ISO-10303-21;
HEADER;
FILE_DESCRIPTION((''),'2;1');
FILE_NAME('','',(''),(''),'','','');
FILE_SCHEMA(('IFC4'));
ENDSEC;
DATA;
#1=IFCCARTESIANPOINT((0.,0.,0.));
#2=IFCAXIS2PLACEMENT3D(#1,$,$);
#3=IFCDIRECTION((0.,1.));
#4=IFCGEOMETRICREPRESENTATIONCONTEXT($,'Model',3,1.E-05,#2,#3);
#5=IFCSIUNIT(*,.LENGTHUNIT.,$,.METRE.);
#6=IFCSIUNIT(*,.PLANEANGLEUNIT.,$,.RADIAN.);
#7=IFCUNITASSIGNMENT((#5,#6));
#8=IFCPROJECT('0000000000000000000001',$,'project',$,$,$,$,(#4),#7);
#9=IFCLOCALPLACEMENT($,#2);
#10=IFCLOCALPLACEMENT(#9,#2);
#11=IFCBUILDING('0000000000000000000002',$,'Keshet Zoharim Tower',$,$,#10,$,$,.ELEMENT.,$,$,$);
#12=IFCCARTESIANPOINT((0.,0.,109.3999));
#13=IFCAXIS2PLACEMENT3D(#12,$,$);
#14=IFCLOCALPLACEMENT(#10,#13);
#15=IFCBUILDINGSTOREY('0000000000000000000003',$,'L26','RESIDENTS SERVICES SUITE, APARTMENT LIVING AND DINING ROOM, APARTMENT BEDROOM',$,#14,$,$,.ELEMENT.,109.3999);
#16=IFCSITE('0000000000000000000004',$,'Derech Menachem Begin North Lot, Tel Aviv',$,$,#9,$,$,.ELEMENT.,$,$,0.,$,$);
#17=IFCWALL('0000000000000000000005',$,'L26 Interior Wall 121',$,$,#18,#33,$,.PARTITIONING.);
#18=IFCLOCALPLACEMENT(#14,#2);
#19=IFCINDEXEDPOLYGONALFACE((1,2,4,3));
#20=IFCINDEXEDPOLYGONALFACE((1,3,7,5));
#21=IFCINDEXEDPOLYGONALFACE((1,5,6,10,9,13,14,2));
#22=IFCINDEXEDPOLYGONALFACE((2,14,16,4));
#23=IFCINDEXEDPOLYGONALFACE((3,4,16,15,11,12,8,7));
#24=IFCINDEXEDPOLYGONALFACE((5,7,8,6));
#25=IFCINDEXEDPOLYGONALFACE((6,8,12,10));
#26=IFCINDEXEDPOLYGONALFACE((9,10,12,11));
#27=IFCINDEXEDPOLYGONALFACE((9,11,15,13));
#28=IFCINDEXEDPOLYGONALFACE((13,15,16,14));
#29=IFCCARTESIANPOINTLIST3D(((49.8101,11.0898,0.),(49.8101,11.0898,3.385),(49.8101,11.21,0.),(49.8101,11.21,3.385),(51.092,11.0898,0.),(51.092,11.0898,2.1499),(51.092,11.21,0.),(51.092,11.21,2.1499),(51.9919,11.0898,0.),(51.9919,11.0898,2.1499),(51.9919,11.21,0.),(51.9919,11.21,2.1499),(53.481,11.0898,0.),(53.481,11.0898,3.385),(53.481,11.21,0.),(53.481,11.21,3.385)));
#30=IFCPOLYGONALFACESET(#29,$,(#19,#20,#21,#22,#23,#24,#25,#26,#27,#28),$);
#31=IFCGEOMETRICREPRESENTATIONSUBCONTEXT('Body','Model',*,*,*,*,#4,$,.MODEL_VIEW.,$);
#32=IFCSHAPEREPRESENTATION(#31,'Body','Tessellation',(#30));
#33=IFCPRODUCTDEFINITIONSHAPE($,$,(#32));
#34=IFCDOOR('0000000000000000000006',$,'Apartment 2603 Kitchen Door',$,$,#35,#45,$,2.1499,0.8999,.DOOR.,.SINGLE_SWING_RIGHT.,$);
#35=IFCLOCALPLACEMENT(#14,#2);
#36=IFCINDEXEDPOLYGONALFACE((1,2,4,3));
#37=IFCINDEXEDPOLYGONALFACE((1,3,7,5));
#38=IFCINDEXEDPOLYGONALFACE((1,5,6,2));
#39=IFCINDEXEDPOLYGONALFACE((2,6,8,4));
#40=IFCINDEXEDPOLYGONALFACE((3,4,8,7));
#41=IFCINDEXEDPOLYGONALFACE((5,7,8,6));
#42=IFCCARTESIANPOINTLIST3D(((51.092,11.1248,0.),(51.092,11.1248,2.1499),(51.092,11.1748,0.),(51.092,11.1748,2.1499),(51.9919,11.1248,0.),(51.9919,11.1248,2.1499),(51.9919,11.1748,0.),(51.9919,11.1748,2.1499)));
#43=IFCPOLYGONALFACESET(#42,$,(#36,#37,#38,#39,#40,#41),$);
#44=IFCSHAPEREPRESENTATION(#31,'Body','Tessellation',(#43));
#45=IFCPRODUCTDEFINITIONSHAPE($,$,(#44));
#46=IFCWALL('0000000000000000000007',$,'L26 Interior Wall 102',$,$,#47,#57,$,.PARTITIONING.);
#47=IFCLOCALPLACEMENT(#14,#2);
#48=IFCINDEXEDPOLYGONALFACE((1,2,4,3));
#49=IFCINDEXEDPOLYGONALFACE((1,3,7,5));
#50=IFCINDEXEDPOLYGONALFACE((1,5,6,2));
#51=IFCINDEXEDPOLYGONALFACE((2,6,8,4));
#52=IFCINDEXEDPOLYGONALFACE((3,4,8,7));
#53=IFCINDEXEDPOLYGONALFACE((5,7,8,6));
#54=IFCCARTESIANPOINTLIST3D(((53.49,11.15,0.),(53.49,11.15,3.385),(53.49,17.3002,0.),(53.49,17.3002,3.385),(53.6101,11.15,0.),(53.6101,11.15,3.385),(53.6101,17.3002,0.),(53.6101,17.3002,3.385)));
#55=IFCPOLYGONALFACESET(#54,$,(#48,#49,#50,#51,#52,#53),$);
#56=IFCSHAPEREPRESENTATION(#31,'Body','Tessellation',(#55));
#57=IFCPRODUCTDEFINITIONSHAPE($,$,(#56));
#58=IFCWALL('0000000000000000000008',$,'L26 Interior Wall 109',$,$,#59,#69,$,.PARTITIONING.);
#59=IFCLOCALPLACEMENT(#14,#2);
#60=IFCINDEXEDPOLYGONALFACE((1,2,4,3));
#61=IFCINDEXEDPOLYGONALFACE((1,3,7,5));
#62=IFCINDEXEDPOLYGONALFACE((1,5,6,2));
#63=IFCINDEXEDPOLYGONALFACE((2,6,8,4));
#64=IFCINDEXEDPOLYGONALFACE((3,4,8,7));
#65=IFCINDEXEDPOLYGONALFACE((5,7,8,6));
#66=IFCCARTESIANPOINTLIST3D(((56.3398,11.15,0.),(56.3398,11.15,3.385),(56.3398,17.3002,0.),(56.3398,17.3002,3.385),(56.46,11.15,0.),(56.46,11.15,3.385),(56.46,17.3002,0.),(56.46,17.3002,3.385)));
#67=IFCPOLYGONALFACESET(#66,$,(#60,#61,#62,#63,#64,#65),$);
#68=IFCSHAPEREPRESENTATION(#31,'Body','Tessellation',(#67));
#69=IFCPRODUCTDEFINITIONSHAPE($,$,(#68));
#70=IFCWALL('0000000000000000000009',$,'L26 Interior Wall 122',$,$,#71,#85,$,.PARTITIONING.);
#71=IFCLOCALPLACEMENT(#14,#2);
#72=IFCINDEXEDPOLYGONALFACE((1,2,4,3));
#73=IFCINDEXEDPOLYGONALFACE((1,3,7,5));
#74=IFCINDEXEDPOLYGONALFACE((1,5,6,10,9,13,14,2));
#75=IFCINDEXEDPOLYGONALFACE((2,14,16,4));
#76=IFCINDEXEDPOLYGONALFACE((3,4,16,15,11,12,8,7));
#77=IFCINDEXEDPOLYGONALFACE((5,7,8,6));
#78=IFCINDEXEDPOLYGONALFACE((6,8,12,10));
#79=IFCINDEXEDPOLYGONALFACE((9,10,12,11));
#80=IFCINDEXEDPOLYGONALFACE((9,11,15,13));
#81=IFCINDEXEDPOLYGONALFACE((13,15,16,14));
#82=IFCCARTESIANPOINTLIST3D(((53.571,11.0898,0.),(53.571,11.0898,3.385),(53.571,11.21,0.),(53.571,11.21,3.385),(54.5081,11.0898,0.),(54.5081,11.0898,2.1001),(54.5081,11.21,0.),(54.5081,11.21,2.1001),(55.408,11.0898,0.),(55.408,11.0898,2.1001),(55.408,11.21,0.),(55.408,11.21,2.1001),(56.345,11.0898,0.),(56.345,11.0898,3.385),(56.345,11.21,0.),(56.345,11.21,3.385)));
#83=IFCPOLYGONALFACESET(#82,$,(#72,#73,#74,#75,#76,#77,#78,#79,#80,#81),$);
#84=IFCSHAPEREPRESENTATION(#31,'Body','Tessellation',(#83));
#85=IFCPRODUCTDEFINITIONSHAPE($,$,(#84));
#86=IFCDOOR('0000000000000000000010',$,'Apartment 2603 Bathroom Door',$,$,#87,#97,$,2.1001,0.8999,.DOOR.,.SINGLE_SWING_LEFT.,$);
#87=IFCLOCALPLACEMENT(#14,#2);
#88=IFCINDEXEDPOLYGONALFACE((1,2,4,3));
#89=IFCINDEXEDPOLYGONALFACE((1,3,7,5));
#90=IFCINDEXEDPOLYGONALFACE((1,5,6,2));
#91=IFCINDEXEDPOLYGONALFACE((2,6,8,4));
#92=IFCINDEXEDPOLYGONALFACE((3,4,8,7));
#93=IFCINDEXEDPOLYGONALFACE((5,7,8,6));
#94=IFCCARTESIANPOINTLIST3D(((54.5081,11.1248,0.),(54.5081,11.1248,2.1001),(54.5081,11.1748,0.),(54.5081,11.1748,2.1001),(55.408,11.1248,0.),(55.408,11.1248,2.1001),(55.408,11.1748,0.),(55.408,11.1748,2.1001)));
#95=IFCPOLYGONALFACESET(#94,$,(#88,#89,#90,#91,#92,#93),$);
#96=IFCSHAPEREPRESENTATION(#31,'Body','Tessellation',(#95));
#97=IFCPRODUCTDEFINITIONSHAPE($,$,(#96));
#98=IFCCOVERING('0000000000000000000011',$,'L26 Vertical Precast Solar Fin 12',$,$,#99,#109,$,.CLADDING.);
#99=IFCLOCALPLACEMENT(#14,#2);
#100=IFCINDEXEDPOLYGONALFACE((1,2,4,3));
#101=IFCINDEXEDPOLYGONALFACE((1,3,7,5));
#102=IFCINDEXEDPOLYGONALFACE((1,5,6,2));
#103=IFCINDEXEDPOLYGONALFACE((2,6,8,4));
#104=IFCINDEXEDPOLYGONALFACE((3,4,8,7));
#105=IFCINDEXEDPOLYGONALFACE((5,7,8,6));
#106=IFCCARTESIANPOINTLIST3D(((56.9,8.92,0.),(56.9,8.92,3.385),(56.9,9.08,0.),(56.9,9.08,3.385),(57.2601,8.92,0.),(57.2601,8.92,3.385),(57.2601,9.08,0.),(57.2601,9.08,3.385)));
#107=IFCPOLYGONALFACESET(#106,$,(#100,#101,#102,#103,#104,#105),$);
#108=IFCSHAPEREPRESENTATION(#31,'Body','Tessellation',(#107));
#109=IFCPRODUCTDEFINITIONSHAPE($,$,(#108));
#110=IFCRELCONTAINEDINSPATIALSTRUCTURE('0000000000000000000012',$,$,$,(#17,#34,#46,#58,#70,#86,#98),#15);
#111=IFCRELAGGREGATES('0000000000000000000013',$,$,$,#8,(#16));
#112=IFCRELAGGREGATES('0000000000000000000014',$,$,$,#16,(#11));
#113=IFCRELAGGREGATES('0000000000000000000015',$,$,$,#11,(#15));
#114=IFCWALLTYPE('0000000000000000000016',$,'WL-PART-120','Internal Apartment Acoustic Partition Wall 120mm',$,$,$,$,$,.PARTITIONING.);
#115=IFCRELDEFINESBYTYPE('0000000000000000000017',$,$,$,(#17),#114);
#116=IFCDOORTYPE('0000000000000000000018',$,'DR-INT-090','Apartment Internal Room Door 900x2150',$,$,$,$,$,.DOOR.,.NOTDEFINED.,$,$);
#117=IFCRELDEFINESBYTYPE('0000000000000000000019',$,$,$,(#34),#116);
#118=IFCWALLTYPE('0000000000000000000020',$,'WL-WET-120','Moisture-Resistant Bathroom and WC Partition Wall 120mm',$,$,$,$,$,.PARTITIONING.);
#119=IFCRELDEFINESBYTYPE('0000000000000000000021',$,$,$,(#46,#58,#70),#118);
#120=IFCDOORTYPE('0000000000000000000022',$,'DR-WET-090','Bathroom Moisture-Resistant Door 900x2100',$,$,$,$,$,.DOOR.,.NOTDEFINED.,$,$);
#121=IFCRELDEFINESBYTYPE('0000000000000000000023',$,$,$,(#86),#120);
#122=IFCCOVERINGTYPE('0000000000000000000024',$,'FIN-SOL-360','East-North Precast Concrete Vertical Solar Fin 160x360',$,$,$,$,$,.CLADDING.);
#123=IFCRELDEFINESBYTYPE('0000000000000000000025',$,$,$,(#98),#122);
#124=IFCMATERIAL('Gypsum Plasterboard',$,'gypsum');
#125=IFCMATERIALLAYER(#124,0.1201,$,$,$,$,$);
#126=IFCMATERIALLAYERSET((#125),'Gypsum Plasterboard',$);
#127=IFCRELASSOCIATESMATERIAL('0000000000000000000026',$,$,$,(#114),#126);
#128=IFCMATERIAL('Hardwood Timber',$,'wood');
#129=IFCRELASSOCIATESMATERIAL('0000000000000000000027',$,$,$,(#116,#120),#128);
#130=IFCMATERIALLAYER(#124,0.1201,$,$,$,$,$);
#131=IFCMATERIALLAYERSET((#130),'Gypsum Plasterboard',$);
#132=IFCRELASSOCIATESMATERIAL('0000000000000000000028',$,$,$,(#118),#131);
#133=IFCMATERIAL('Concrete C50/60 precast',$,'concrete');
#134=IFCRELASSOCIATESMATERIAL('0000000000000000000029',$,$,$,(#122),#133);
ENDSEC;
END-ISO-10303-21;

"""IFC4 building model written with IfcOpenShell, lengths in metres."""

from ifc_helpers import new_model, si_unit, direction, frame, frame_2d, origin, origin_2d, place, context, subcontext, project, spatial, rectangle, extrude, material, layer, layer_set, type_object, element, fill, save


model = new_model("IFC4")

# Units and contexts
model_context = context("Model", 3, precision=1e-05, world=origin(), true_north=direction((0.0, 1.0)))
body_context = subcontext(model_context, "Body", "Model", "MODEL_VIEW")
ifc_project = project(units=[si_unit("LENGTHUNIT", "METRE"), si_unit("PLANEANGLEUNIT", "RADIAN")], contexts=[model_context])

# Site, building, storey
site_placement = place(None, origin())
site = spatial("IfcSite", under=ifc_project, at=site_placement, Name="Derech Menachem Begin North Lot, Tel Aviv", CompositionType="ELEMENT", RefElevation=0.0)
building_placement = place(site_placement, origin())
building = spatial("IfcBuilding", under=site, at=building_placement, Name="Keshet Zoharim Tower", CompositionType="ELEMENT")
storey_placement = place(building_placement, frame((0.0, 0.0, 109.3999)))
storey = spatial("IfcBuildingStorey", under=building, at=storey_placement, Name="L26", Description="RESIDENTS SERVICES SUITE, APARTMENT LIVING AND DINING ROOM, APARTMENT BEDROOM", CompositionType="ELEMENT", Elevation=109.3999)

# Shared definitions
ifc_material_1 = material(Name="Hardwood Timber", Category="wood")

# Shared definitions
ifc_material_2 = material(Name="Gypsum Plasterboard", Category="gypsum")
ifc_layer_1 = layer(ifc_material_2, 0.1201)
ifc_layer_set_1 = layer_set([ifc_layer_1], Name="Gypsum Plasterboard")
wall_type_1 = type_object("IfcWallType", Name="WL-PART-120", Description="Internal Apartment Acoustic Partition Wall 120mm", PredefinedType="PARTITIONING", material=ifc_layer_set_1)

# Shared definitions
door_type_1 = type_object("IfcDoorType", Name="DR-INT-090", Description="Apartment Internal Room Door 900x2150", OperationType="NOTDEFINED", PredefinedType="DOOR", material=ifc_material_1)

# Wall, opening, door
wall_1_placement = place(storey_placement, frame((49.8101, 11.1499, 0.0), z_axis=(0.0, 0.0, 1.0), x_axis=(1.0, 0.0, 0.0)))
wall_1 = element("IfcWall", 1, at=wall_1_placement, inside=storey, type_object=wall_type_1, Name="L26 Interior Wall 121", PredefinedType="PARTITIONING", context=body_context, shape_type="SweptSolid", body=[
    extrude(rectangle(XDim=3.6709, YDim=0.1201, at=frame_2d((1.8354, 0.0))), origin(), (0.0, 0.0, 1.0), 3.385),
])
opening_1_placement = place(wall_1_placement, frame((1.282, 0.0, 0.0)))
opening_1 = element("IfcOpeningElement", 2, at=opening_1_placement, cuts=wall_1, PredefinedType="OPENING", context=body_context, shape_type="SweptSolid", body=[
    extrude(rectangle(XDim=0.8999, YDim=2.1499, at=frame_2d((0.45, 1.075))), frame((0.0, 0.0701, 0.0), z_axis=(0.0, -1.0, 0.0), x_axis=(1.0, 0.0, 0.0)), (0.0, 0.0, 1.0), 0.1401),
])
door_1_placement = place(opening_1_placement, origin())
door_1 = element("IfcDoor", 3, at=door_1_placement, inside=storey, type_object=door_type_1, Name="Apartment 2603 Kitchen Door", OperationType="SINGLE_SWING_RIGHT", OverallHeight=2.1499, OverallWidth=0.8999, PredefinedType="DOOR", context=body_context, shape_type="SweptSolid", body=[
    extrude(rectangle(XDim=0.8999, YDim=2.1499, at=frame_2d((0.45, 1.075))), frame((0.0, 0.0249, 0.0), z_axis=(0.0, -1.0, 0.0), x_axis=(1.0, 0.0, 0.0)), (0.0, 0.0, 1.0), 0.05),
])
fill(opening_1, door_1)

# Walls
ifc_layer_2 = layer(ifc_material_2, 0.1201)
ifc_layer_set_2 = layer_set([ifc_layer_2], Name="Gypsum Plasterboard")
wall_type_2 = type_object("IfcWallType", Name="WL-WET-120", Description="Moisture-Resistant Bathroom and WC Partition Wall 120mm", PredefinedType="PARTITIONING", material=ifc_layer_set_2)
for number, where, z_axis, x_axis, name in (
    (4, (53.55, 11.1499, 0.0), (0.0, 0.0, 1.0), (0.0, 1.0, 0.0), "L26 Interior Wall 102"),
    (5, (56.3999, 11.1499, 0.0), (0.0, 0.0, 1.0), (0.0, 1.0, 0.0), "L26 Interior Wall 109"),
):
    element("IfcWall", number, at=place(storey_placement, frame(where, z_axis=z_axis, x_axis=x_axis)), inside=storey, type_object=wall_type_2, Name=name, PredefinedType="PARTITIONING", context=body_context, shape_type="SweptSolid", body=[
        extrude(rectangle(XDim=6.1501, YDim=0.1201, at=frame_2d((3.0752, 0.0))), origin(), (0.0, 0.0, 1.0), 3.385),
    ])

# Wall, opening, door
wall_2_placement = place(storey_placement, frame((53.571, 11.1499, 0.0), z_axis=(0.0, 0.0, 1.0), x_axis=(1.0, 0.0, 0.0)))
wall_2 = element("IfcWall", 6, at=wall_2_placement, inside=storey, type_object=wall_type_2, Name="L26 Interior Wall 122", PredefinedType="PARTITIONING", context=body_context, shape_type="SweptSolid", body=[
    extrude(rectangle(XDim=2.7739, YDim=0.1201, at=frame_2d((1.387, 0.0))), origin(), (0.0, 0.0, 1.0), 3.385),
])
opening_2_placement = place(wall_2_placement, frame((0.937, 0.0, 0.0)))
opening_2 = element("IfcOpeningElement", 7, at=opening_2_placement, cuts=wall_2, PredefinedType="OPENING", context=body_context, shape_type="SweptSolid", body=[
    extrude(rectangle(XDim=0.8999, YDim=2.1001, at=frame_2d((0.45, 1.05))), frame((0.0, 0.0701, 0.0), z_axis=(0.0, -1.0, 0.0), x_axis=(1.0, 0.0, 0.0)), (0.0, 0.0, 1.0), 0.1401),
])
door_type_2 = type_object("IfcDoorType", Name="DR-WET-090", Description="Bathroom Moisture-Resistant Door 900x2100", OperationType="NOTDEFINED", PredefinedType="DOOR", material=ifc_material_1)
door_2_placement = place(opening_2_placement, origin())
door_2 = element("IfcDoor", 8, at=door_2_placement, inside=storey, type_object=door_type_2, Name="Apartment 2603 Bathroom Door", OperationType="SINGLE_SWING_LEFT", OverallHeight=2.1001, OverallWidth=0.8999, PredefinedType="DOOR", context=body_context, shape_type="SweptSolid", body=[
    extrude(rectangle(XDim=0.8999, YDim=2.1001, at=frame_2d((0.45, 1.05))), frame((0.0, 0.0249, 0.0), z_axis=(0.0, -1.0, 0.0), x_axis=(1.0, 0.0, 0.0)), (0.0, 0.0, 1.0), 0.05),
])
fill(opening_2, door_2)

# Covering
ifc_material_3 = material(Name="Concrete C50/60 precast", Category="concrete")
covering_type = type_object("IfcCoveringType", Name="FIN-SOL-360", Description="East-North Precast Concrete Vertical Solar Fin 160x360", PredefinedType="CLADDING", material=ifc_material_3)
covering_placement = place(storey_placement, frame((57.0801, 9.0, 0.0), z_axis=(0.0, 0.0, 1.0), x_axis=(0.0, -1.0, 0.0)))
element("IfcCovering", 9, at=covering_placement, inside=storey, type_object=covering_type, Name="L26 Vertical Precast Solar Fin 12", PredefinedType="CLADDING", context=body_context, shape_type="SweptSolid", body=[
    extrude(rectangle(XDim=0.1599, YDim=0.3601, at=origin_2d()), origin(), (0.0, 0.0, 1.0), 3.385),
])

save(model, "model.ifc")
